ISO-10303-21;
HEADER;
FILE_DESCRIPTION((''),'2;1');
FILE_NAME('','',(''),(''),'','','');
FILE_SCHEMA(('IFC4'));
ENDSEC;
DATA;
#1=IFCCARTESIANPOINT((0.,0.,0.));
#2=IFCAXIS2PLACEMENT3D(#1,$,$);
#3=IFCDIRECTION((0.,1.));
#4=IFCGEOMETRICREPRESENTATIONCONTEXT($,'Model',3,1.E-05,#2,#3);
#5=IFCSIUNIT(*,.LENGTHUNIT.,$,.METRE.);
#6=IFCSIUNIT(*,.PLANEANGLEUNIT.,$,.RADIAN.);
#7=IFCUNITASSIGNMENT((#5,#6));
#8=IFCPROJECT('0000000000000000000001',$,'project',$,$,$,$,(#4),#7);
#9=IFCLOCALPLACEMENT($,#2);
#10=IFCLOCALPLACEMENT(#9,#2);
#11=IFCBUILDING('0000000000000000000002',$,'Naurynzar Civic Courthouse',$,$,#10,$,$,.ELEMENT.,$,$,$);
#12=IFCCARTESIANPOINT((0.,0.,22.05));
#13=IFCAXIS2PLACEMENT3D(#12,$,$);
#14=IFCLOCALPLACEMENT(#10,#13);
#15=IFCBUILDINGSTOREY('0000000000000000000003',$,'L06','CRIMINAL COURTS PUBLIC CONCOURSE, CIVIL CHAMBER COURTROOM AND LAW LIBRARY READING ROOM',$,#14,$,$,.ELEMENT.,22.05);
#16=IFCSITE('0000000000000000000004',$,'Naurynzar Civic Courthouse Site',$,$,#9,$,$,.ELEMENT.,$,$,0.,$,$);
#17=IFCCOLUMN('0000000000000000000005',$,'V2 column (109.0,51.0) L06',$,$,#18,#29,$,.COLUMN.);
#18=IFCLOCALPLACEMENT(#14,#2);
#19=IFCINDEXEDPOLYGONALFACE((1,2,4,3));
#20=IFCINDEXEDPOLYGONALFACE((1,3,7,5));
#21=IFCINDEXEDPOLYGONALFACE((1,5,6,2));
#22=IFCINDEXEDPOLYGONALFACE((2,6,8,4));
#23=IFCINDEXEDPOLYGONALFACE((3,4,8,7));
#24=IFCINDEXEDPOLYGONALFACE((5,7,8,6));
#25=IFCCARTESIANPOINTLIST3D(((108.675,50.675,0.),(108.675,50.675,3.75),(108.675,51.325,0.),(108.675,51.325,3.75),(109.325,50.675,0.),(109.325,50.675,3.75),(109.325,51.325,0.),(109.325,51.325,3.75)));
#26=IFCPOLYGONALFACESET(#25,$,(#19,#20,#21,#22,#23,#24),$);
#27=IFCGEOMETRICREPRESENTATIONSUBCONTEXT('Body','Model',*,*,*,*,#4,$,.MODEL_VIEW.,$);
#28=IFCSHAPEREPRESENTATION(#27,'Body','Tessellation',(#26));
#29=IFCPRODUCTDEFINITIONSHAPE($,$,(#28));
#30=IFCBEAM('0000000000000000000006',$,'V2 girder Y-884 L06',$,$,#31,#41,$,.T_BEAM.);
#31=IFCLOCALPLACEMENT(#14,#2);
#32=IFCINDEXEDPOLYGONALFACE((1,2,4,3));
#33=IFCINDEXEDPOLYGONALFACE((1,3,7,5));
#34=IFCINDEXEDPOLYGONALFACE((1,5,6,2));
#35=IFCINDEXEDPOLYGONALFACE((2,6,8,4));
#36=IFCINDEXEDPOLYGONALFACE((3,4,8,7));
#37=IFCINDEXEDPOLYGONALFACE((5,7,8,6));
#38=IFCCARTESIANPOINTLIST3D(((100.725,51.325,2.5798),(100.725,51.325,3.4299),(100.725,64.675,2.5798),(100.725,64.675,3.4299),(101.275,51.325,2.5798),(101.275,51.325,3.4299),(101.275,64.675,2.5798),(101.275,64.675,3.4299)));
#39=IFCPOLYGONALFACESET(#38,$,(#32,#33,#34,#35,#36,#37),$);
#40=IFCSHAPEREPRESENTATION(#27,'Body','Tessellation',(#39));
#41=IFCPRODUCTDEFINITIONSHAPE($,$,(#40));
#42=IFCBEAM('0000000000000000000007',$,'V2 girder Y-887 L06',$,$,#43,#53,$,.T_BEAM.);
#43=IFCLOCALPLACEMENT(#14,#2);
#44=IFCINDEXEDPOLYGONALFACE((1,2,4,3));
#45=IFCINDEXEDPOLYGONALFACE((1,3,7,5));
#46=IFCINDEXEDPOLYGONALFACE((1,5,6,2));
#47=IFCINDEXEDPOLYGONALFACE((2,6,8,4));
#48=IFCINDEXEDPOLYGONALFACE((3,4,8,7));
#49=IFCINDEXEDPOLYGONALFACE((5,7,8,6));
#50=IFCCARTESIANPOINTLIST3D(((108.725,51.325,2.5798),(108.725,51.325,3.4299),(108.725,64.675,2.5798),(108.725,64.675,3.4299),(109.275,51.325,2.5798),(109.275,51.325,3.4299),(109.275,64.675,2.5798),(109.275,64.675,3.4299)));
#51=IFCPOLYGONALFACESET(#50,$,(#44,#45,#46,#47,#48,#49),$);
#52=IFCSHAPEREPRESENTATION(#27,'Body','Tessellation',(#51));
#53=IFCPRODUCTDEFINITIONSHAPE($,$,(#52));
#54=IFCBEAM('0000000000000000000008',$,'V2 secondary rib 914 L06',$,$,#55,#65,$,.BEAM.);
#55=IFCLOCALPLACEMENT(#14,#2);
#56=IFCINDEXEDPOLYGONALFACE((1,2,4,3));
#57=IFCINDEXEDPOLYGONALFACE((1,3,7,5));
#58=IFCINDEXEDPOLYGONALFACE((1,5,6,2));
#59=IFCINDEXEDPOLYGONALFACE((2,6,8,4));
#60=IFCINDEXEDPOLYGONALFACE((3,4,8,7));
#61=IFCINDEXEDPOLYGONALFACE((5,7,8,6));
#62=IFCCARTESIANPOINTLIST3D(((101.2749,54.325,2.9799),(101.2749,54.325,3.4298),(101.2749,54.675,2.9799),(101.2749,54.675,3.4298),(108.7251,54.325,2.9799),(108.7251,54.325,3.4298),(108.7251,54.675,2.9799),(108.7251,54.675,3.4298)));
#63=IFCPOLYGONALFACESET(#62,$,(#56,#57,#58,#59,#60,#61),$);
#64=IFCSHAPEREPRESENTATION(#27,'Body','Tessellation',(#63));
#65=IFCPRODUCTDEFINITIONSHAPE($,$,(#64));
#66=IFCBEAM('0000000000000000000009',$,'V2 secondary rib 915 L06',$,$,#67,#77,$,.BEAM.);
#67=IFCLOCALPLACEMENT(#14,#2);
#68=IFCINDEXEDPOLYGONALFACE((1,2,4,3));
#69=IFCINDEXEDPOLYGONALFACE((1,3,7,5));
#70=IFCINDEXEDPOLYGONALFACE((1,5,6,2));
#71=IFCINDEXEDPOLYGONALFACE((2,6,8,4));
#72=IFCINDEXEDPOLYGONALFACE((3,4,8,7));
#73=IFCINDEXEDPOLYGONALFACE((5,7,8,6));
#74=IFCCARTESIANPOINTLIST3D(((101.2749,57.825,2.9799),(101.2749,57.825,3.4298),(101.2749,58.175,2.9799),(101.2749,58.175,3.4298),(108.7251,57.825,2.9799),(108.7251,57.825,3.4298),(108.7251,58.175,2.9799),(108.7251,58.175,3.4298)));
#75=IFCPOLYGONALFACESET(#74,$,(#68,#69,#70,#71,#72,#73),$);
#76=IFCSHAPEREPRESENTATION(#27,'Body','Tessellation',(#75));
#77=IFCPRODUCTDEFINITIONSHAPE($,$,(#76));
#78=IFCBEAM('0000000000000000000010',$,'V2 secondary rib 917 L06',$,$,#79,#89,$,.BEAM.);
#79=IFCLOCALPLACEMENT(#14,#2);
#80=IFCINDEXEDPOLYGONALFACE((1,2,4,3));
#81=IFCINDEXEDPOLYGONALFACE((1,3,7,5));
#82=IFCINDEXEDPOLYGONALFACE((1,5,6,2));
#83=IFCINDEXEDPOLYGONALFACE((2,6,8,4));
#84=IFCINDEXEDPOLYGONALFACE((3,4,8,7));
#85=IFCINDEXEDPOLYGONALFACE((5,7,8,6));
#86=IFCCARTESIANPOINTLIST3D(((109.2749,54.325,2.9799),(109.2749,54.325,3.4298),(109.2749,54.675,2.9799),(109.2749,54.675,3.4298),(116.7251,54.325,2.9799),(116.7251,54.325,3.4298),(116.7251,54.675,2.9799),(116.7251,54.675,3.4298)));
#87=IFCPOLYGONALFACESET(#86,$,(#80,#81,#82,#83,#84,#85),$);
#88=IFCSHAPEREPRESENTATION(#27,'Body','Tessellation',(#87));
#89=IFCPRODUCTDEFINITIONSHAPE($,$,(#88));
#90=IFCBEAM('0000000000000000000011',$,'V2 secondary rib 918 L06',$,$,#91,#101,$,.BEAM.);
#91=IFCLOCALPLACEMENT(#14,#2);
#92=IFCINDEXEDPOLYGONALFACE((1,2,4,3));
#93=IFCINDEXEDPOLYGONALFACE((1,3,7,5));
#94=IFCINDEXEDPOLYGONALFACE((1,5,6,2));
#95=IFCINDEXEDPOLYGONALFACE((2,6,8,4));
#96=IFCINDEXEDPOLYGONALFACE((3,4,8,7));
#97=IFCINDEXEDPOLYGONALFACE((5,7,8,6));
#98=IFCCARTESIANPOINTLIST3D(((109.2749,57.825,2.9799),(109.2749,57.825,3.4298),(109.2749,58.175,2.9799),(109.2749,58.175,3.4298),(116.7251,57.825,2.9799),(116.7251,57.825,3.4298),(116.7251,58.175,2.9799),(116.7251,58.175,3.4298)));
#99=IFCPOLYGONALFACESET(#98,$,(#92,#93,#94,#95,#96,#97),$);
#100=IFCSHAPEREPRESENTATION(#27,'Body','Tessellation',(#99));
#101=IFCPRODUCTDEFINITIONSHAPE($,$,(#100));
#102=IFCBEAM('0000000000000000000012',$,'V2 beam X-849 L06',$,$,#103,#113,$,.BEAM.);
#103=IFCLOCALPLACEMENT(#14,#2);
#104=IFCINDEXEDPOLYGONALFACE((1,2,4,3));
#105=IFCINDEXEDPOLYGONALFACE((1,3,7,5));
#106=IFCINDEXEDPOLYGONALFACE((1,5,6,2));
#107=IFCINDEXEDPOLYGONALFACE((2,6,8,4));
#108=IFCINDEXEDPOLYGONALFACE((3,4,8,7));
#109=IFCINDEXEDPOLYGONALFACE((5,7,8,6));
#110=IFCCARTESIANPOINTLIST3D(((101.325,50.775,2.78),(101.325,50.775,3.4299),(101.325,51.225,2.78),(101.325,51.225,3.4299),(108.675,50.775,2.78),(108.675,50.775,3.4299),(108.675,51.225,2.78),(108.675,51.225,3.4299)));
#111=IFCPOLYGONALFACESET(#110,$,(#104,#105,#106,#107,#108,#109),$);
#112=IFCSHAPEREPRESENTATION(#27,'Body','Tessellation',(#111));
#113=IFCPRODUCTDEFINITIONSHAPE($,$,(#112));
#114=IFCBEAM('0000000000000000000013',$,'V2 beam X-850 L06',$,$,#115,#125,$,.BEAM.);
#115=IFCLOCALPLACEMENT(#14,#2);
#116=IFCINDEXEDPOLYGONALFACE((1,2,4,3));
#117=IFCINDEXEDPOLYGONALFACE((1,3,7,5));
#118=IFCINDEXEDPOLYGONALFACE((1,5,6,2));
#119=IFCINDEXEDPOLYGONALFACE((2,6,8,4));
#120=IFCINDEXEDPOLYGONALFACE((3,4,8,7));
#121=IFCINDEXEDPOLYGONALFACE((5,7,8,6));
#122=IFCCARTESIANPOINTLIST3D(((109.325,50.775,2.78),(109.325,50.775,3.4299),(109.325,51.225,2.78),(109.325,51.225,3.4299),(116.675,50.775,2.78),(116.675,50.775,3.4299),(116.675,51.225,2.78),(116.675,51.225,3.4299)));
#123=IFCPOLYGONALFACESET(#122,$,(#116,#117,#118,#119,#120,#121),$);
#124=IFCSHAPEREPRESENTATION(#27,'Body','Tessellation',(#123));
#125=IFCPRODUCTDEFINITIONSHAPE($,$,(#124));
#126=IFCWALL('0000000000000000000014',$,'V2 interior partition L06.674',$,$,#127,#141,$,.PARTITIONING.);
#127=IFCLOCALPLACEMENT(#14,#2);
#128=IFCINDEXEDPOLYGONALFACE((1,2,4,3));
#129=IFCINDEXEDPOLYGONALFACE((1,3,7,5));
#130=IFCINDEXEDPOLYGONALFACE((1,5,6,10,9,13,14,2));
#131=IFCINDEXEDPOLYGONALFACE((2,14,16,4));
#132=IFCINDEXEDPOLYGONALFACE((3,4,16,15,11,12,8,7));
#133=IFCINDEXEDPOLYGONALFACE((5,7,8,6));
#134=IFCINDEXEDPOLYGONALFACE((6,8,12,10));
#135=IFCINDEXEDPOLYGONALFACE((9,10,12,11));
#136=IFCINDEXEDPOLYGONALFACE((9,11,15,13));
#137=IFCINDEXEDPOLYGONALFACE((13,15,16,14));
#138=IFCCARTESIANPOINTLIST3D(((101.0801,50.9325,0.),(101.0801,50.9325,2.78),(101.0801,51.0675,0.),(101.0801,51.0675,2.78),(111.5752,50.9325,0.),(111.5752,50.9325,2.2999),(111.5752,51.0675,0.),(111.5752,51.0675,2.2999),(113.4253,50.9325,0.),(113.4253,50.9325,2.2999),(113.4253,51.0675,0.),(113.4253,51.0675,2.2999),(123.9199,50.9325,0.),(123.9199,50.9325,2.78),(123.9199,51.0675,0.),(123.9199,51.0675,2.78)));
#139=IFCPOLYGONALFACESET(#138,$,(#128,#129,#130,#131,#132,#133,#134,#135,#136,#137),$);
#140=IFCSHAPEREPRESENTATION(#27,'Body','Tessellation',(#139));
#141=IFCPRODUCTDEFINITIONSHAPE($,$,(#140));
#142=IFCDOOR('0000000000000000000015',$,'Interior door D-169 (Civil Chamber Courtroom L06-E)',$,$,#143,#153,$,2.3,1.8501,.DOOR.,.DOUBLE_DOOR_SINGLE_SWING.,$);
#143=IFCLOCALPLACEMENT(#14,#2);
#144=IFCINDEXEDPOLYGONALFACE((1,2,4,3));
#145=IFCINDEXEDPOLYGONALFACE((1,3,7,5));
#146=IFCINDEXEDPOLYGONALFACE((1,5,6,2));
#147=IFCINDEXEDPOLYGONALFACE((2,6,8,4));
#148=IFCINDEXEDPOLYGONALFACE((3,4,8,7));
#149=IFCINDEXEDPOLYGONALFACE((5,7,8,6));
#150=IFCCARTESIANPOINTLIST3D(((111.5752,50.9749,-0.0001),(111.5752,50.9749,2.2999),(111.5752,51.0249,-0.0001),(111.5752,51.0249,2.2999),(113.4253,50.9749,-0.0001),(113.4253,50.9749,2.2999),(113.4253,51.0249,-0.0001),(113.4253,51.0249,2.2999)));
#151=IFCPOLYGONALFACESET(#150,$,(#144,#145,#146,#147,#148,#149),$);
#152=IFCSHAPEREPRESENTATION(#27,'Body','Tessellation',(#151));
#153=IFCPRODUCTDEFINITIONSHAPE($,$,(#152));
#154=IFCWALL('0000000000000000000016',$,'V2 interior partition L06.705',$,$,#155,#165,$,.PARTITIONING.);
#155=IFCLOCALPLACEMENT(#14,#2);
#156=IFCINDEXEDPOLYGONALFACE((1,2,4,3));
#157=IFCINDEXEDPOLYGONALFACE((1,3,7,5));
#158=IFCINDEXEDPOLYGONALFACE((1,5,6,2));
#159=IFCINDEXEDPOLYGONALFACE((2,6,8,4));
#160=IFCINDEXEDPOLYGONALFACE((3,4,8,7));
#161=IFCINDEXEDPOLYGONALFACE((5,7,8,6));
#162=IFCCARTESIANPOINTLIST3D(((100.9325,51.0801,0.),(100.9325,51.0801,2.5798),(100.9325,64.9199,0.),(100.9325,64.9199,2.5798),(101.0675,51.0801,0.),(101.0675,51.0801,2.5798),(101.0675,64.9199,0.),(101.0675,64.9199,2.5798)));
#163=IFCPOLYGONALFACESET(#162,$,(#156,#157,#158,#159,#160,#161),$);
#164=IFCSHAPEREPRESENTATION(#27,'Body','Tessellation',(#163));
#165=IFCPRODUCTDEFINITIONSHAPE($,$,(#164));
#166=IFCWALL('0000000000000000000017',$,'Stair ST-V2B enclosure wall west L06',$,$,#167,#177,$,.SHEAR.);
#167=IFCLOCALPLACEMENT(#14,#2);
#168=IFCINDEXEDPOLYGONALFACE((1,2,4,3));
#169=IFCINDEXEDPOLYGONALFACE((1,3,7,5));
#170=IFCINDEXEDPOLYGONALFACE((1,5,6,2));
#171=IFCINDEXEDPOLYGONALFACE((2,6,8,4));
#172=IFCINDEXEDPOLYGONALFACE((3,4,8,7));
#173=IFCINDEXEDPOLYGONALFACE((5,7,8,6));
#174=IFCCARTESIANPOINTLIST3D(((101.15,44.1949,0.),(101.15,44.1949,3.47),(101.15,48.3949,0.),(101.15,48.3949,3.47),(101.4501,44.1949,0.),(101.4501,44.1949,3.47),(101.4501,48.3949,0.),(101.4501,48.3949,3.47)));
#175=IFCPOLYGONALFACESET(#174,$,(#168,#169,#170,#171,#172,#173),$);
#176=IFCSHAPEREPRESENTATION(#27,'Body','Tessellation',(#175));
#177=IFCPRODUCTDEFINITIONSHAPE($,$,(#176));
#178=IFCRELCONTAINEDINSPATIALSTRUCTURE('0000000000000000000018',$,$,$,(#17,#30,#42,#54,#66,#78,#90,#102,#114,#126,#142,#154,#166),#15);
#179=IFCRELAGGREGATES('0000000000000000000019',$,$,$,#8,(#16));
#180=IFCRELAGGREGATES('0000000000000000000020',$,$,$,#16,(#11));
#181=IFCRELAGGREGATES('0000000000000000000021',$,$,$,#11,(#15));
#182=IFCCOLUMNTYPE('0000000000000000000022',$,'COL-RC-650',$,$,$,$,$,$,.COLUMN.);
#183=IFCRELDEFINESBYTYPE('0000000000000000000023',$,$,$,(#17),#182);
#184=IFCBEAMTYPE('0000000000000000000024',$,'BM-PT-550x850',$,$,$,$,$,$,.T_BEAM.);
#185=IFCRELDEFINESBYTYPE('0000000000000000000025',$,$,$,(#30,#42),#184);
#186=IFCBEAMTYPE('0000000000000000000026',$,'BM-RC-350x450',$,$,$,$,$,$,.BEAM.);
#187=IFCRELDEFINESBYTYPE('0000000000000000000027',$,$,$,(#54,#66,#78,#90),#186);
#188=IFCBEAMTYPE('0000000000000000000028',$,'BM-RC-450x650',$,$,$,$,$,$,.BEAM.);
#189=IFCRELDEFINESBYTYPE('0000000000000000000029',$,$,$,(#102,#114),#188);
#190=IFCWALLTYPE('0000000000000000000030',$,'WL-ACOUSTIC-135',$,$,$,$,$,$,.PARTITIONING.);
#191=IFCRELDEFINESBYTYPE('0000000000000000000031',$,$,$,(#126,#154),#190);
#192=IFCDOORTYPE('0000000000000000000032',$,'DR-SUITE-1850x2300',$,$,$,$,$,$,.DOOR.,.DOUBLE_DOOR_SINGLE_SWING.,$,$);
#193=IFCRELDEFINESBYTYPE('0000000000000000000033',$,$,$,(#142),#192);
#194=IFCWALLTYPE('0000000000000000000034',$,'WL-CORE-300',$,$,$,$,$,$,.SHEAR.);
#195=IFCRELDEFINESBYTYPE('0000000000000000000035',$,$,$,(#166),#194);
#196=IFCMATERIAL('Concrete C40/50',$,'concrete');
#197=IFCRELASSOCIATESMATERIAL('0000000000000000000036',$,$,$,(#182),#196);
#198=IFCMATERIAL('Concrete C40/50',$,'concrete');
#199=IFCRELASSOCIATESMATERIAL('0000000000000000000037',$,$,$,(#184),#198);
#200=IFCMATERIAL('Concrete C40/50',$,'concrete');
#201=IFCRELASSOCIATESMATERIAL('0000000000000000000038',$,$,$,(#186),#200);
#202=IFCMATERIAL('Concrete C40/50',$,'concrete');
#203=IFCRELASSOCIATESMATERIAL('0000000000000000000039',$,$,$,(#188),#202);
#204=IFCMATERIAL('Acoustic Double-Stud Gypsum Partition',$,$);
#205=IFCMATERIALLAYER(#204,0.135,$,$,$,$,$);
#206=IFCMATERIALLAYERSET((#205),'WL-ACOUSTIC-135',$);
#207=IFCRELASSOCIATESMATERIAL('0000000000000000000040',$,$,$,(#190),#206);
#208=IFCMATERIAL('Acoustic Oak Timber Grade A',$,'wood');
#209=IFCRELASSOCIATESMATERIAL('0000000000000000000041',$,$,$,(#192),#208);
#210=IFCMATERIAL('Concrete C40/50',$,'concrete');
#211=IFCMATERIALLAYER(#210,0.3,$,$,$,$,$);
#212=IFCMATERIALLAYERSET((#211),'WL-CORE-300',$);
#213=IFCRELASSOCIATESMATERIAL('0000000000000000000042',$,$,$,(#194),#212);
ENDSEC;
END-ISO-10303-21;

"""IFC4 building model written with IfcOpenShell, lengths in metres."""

from ifc_helpers import new_model, si_unit, direction, frame, frame_2d, origin, origin_2d, place, context, subcontext, project, spatial, rectangle, extrude, material, layer, layer_set, material_profile, profile_set, type_object, element, fill, save


model = new_model("IFC4")

# Units and contexts
model_context = context("Model", 3, precision=1e-05, world=origin(), true_north=direction((0.0, 1.0)))
body_context = subcontext(model_context, "Body", "Model", "MODEL_VIEW")
ifc_project = project(units=[si_unit("LENGTHUNIT", "METRE"), si_unit("PLANEANGLEUNIT", "RADIAN")], contexts=[model_context])

# Site, building, storey
site_placement = place(None, origin())
site = spatial("IfcSite", under=ifc_project, at=site_placement, Name="Naurynzar Civic Courthouse Site", CompositionType="ELEMENT", RefElevation=0.0)
building_placement = place(site_placement, origin())
building = spatial("IfcBuilding", under=site, at=building_placement, Name="Naurynzar Civic Courthouse", CompositionType="ELEMENT")
storey_placement = place(building_placement, frame((0.0, 0.0, 22.05)))
storey = spatial("IfcBuildingStorey", under=building, at=storey_placement, Name="L06", Description="CRIMINAL COURTS PUBLIC CONCOURSE, CIVIL CHAMBER COURTROOM AND LAW LIBRARY READING ROOM", CompositionType="ELEMENT", Elevation=22.05)

# Column
ifc_material_1 = material(Name="Concrete C40/50", Category="concrete")
ifc_material_profile_1 = material_profile(ifc_material_1, rectangle(XDim=0.6499, YDim=0.6499, at=origin_2d()), Name="RC 650x650")
ifc_profile_set_1 = profile_set([ifc_material_profile_1], Name="Concrete C40/50")
column_type = type_object("IfcColumnType", Name="COL-RC-650", PredefinedType="COLUMN", material=ifc_profile_set_1)
column_placement = place(storey_placement, frame((109.0, 51.0, 0.0), z_axis=(0.0, 0.0, 1.0), x_axis=(1.0, 0.0, 0.0)))
element("IfcColumn", 1, at=column_placement, inside=storey, type_object=column_type, Name="V2 column (109.0,51.0) L06", PredefinedType="COLUMN", context=body_context, shape_type="SweptSolid", body=[
    extrude(rectangle(XDim=0.6499, YDim=0.6499, at=origin_2d()), origin(), (0.0, 0.0, 1.0), 3.75),
])

# Beams
ifc_material_2 = material(Name="Concrete C40/50", Category="concrete")
ifc_material_profile_2 = material_profile(ifc_material_2, rectangle(XDim=0.55, YDim=0.8501, at=origin_2d()), Name="PTB 550x850")
ifc_profile_set_2 = profile_set([ifc_material_profile_2], Name="Concrete C40/50")
beam_type_1 = type_object("IfcBeamType", Name="BM-PT-550x850", PredefinedType="T_BEAM", material=ifc_profile_set_2)
for number, where, z_axis, x_axis, name in (
    (2, (101.0, 51.325, 3.0049), (0.0, 1.0, 0.0), (-1.0, 0.0, 0.0), "V2 girder Y-884 L06"),
    (3, (109.0, 51.325, 3.0049), (0.0, 1.0, 0.0), (-1.0, 0.0, 0.0), "V2 girder Y-887 L06"),
):
    element("IfcBeam", number, at=place(storey_placement, frame(where, z_axis=z_axis, x_axis=x_axis)), inside=storey, type_object=beam_type_1, Name=name, PredefinedType="T_BEAM", context=body_context, shape_type="SweptSolid", body=[
        extrude(rectangle(XDim=0.55, YDim=0.8501, at=origin_2d()), origin(), (0.0, 0.0, 1.0), 13.3501),
    ])
ifc_material_3 = material(Name="Concrete C40/50", Category="concrete")
ifc_material_profile_3 = material_profile(ifc_material_3, rectangle(XDim=0.3501, YDim=0.45, at=origin_2d()), Name="RCB 350x450")
ifc_profile_set_3 = profile_set([ifc_material_profile_3], Name="Concrete C40/50")
beam_type_2 = type_object("IfcBeamType", Name="BM-RC-350x450", PredefinedType="BEAM", material=ifc_profile_set_3)
for number, where, z_axis, x_axis, name in (
    (4, (101.2749, 54.5, 3.2048), (1.0, 0.0, 0.0), (0.0, 1.0, 0.0), "V2 secondary rib 914 L06"),
    (5, (101.2749, 58.0, 3.2048), (1.0, 0.0, 0.0), (0.0, 1.0, 0.0), "V2 secondary rib 915 L06"),
    (6, (109.2749, 54.5, 3.2048), (1.0, 0.0, 0.0), (0.0, 1.0, 0.0), "V2 secondary rib 917 L06"),
    (7, (109.2749, 58.0, 3.2048), (1.0, 0.0, 0.0), (0.0, 1.0, 0.0), "V2 secondary rib 918 L06"),
):
    element("IfcBeam", number, at=place(storey_placement, frame(where, z_axis=z_axis, x_axis=x_axis)), inside=storey, type_object=beam_type_2, Name=name, PredefinedType="BEAM", context=body_context, shape_type="SweptSolid", body=[
        extrude(rectangle(XDim=0.3501, YDim=0.45, at=origin_2d()), origin(), (0.0, 0.0, 1.0), 7.4502),
    ])
ifc_material_4 = material(Name="Concrete C40/50", Category="concrete")
ifc_material_profile_4 = material_profile(ifc_material_4, rectangle(XDim=0.45, YDim=0.6499, at=origin_2d()), Name="RCB 450x650")
ifc_profile_set_4 = profile_set([ifc_material_profile_4], Name="Concrete C40/50")
beam_type_3 = type_object("IfcBeamType", Name="BM-RC-450x650", PredefinedType="BEAM", material=ifc_profile_set_4)
for number, where, z_axis, x_axis, name in (
    (8, (101.325, 51.0, 3.105), (1.0, 0.0, 0.0), (0.0, 1.0, 0.0), "V2 beam X-849 L06"),
    (9, (109.325, 51.0, 3.105), (1.0, 0.0, 0.0), (0.0, 1.0, 0.0), "V2 beam X-850 L06"),
):
    element("IfcBeam", number, at=place(storey_placement, frame(where, z_axis=z_axis, x_axis=x_axis)), inside=storey, type_object=beam_type_3, Name=name, PredefinedType="BEAM", context=body_context, shape_type="SweptSolid", body=[
        extrude(rectangle(XDim=0.45, YDim=0.6499, at=origin_2d()), origin(), (0.0, 0.0, 1.0), 7.3501),
    ])

# Wall, opening, door
ifc_material_5 = material(Name="Acoustic Double-Stud Gypsum Partition")
ifc_layer_1 = layer(ifc_material_5, 0.135)
ifc_layer_set_1 = layer_set([ifc_layer_1], Name="WL-ACOUSTIC-135")
wall_type_1 = type_object("IfcWallType", Name="WL-ACOUSTIC-135", PredefinedType="PARTITIONING", material=ifc_layer_set_1)
wall_1_placement = place(storey_placement, frame((101.0801, 51.0, 0.0), z_axis=(0.0, 0.0, 1.0), x_axis=(1.0, 0.0, 0.0)))
wall_1 = element("IfcWall", 10, at=wall_1_placement, inside=storey, type_object=wall_type_1, Name="V2 interior partition L06.674", PredefinedType="PARTITIONING", context=body_context, shape_type="SweptSolid", body=[
    extrude(rectangle(XDim=22.8398, YDim=0.135, at=frame_2d((11.4199, 0.0))), origin(), (0.0, 0.0, 1.0), 2.78),
])
opening_1_placement = place(wall_1_placement, frame((10.4951, 0.0, 0.0)))
opening_1 = element("IfcOpeningElement", 11, at=opening_1_placement, cuts=wall_1, PredefinedType="OPENING", context=body_context, shape_type="SweptSolid", body=[
    extrude(rectangle(XDim=1.8501, YDim=2.3, at=frame_2d((0.925, 1.1499))), frame((0.0, 0.0774, 0.0), z_axis=(0.0, -1.0, 0.0), x_axis=(1.0, 0.0, 0.0)), (0.0, 0.0, 1.0), 0.155),
])
ifc_material_6 = material(Name="Acoustic Oak Timber Grade A", Category="wood")
door_type_1 = type_object("IfcDoorType", Name="DR-SUITE-1850x2300", OperationType="DOUBLE_DOOR_SINGLE_SWING", PredefinedType="DOOR", material=ifc_material_6)
door_1_placement = place(opening_1_placement, origin())
door_1 = element("IfcDoor", 12, at=door_1_placement, inside=storey, type_object=door_type_1, Name="Interior door D-169 (Civil Chamber Courtroom L06-E)", OperationType="DOUBLE_DOOR_SINGLE_SWING", OverallHeight=2.3, OverallWidth=1.8501, PredefinedType="DOOR", context=body_context, shape_type="SweptSolid", body=[
    extrude(rectangle(XDim=1.8501, YDim=2.3, at=frame_2d((0.925, 1.1499))), frame((0.0, 0.0249, 0.0), z_axis=(0.0, -1.0, 0.0), x_axis=(1.0, 0.0, 0.0)), (0.0, 0.0, 1.0), 0.05),
])
fill(opening_1, door_1)

# Wall
wall_2_placement = place(storey_placement, frame((101.0, 51.0801, 0.0), z_axis=(0.0, 0.0, 1.0), x_axis=(0.0, 1.0, 0.0)))
element("IfcWall", 13, at=wall_2_placement, inside=storey, type_object=wall_type_1, Name="V2 interior partition L06.705", PredefinedType="PARTITIONING", context=body_context, shape_type="SweptSolid", body=[
    extrude(rectangle(XDim=13.8398, YDim=0.135, at=frame_2d((6.9199, 0.0))), origin(), (0.0, 0.0, 1.0), 2.5798),
])

# Shared definitions
ifc_material_7 = material(Name="Concrete C40/50", Category="concrete")
ifc_layer_2 = layer(ifc_material_7, 0.3)
ifc_layer_set_2 = layer_set([ifc_layer_2], Name="WL-CORE-300")
wall_type_2 = type_object("IfcWallType", Name="WL-CORE-300", PredefinedType="SHEAR", material=ifc_layer_set_2)

# Wall
wall_3_placement = place(storey_placement, frame((101.3, 48.395, 0.0), z_axis=(0.0, 0.0, 1.0), x_axis=(0.0, -1.0, 0.0)))
element("IfcWall", 14, at=wall_3_placement, inside=storey, type_object=wall_type_2, Name="Stair ST-V2B enclosure wall west L06", PredefinedType="SHEAR", context=body_context, shape_type="SweptSolid", body=[
    extrude(rectangle(XDim=4.2, YDim=0.3, at=frame_2d((2.1001, 0.0))), origin(), (0.0, 0.0, 1.0), 3.47),
])

save(model, "model.ifc")
